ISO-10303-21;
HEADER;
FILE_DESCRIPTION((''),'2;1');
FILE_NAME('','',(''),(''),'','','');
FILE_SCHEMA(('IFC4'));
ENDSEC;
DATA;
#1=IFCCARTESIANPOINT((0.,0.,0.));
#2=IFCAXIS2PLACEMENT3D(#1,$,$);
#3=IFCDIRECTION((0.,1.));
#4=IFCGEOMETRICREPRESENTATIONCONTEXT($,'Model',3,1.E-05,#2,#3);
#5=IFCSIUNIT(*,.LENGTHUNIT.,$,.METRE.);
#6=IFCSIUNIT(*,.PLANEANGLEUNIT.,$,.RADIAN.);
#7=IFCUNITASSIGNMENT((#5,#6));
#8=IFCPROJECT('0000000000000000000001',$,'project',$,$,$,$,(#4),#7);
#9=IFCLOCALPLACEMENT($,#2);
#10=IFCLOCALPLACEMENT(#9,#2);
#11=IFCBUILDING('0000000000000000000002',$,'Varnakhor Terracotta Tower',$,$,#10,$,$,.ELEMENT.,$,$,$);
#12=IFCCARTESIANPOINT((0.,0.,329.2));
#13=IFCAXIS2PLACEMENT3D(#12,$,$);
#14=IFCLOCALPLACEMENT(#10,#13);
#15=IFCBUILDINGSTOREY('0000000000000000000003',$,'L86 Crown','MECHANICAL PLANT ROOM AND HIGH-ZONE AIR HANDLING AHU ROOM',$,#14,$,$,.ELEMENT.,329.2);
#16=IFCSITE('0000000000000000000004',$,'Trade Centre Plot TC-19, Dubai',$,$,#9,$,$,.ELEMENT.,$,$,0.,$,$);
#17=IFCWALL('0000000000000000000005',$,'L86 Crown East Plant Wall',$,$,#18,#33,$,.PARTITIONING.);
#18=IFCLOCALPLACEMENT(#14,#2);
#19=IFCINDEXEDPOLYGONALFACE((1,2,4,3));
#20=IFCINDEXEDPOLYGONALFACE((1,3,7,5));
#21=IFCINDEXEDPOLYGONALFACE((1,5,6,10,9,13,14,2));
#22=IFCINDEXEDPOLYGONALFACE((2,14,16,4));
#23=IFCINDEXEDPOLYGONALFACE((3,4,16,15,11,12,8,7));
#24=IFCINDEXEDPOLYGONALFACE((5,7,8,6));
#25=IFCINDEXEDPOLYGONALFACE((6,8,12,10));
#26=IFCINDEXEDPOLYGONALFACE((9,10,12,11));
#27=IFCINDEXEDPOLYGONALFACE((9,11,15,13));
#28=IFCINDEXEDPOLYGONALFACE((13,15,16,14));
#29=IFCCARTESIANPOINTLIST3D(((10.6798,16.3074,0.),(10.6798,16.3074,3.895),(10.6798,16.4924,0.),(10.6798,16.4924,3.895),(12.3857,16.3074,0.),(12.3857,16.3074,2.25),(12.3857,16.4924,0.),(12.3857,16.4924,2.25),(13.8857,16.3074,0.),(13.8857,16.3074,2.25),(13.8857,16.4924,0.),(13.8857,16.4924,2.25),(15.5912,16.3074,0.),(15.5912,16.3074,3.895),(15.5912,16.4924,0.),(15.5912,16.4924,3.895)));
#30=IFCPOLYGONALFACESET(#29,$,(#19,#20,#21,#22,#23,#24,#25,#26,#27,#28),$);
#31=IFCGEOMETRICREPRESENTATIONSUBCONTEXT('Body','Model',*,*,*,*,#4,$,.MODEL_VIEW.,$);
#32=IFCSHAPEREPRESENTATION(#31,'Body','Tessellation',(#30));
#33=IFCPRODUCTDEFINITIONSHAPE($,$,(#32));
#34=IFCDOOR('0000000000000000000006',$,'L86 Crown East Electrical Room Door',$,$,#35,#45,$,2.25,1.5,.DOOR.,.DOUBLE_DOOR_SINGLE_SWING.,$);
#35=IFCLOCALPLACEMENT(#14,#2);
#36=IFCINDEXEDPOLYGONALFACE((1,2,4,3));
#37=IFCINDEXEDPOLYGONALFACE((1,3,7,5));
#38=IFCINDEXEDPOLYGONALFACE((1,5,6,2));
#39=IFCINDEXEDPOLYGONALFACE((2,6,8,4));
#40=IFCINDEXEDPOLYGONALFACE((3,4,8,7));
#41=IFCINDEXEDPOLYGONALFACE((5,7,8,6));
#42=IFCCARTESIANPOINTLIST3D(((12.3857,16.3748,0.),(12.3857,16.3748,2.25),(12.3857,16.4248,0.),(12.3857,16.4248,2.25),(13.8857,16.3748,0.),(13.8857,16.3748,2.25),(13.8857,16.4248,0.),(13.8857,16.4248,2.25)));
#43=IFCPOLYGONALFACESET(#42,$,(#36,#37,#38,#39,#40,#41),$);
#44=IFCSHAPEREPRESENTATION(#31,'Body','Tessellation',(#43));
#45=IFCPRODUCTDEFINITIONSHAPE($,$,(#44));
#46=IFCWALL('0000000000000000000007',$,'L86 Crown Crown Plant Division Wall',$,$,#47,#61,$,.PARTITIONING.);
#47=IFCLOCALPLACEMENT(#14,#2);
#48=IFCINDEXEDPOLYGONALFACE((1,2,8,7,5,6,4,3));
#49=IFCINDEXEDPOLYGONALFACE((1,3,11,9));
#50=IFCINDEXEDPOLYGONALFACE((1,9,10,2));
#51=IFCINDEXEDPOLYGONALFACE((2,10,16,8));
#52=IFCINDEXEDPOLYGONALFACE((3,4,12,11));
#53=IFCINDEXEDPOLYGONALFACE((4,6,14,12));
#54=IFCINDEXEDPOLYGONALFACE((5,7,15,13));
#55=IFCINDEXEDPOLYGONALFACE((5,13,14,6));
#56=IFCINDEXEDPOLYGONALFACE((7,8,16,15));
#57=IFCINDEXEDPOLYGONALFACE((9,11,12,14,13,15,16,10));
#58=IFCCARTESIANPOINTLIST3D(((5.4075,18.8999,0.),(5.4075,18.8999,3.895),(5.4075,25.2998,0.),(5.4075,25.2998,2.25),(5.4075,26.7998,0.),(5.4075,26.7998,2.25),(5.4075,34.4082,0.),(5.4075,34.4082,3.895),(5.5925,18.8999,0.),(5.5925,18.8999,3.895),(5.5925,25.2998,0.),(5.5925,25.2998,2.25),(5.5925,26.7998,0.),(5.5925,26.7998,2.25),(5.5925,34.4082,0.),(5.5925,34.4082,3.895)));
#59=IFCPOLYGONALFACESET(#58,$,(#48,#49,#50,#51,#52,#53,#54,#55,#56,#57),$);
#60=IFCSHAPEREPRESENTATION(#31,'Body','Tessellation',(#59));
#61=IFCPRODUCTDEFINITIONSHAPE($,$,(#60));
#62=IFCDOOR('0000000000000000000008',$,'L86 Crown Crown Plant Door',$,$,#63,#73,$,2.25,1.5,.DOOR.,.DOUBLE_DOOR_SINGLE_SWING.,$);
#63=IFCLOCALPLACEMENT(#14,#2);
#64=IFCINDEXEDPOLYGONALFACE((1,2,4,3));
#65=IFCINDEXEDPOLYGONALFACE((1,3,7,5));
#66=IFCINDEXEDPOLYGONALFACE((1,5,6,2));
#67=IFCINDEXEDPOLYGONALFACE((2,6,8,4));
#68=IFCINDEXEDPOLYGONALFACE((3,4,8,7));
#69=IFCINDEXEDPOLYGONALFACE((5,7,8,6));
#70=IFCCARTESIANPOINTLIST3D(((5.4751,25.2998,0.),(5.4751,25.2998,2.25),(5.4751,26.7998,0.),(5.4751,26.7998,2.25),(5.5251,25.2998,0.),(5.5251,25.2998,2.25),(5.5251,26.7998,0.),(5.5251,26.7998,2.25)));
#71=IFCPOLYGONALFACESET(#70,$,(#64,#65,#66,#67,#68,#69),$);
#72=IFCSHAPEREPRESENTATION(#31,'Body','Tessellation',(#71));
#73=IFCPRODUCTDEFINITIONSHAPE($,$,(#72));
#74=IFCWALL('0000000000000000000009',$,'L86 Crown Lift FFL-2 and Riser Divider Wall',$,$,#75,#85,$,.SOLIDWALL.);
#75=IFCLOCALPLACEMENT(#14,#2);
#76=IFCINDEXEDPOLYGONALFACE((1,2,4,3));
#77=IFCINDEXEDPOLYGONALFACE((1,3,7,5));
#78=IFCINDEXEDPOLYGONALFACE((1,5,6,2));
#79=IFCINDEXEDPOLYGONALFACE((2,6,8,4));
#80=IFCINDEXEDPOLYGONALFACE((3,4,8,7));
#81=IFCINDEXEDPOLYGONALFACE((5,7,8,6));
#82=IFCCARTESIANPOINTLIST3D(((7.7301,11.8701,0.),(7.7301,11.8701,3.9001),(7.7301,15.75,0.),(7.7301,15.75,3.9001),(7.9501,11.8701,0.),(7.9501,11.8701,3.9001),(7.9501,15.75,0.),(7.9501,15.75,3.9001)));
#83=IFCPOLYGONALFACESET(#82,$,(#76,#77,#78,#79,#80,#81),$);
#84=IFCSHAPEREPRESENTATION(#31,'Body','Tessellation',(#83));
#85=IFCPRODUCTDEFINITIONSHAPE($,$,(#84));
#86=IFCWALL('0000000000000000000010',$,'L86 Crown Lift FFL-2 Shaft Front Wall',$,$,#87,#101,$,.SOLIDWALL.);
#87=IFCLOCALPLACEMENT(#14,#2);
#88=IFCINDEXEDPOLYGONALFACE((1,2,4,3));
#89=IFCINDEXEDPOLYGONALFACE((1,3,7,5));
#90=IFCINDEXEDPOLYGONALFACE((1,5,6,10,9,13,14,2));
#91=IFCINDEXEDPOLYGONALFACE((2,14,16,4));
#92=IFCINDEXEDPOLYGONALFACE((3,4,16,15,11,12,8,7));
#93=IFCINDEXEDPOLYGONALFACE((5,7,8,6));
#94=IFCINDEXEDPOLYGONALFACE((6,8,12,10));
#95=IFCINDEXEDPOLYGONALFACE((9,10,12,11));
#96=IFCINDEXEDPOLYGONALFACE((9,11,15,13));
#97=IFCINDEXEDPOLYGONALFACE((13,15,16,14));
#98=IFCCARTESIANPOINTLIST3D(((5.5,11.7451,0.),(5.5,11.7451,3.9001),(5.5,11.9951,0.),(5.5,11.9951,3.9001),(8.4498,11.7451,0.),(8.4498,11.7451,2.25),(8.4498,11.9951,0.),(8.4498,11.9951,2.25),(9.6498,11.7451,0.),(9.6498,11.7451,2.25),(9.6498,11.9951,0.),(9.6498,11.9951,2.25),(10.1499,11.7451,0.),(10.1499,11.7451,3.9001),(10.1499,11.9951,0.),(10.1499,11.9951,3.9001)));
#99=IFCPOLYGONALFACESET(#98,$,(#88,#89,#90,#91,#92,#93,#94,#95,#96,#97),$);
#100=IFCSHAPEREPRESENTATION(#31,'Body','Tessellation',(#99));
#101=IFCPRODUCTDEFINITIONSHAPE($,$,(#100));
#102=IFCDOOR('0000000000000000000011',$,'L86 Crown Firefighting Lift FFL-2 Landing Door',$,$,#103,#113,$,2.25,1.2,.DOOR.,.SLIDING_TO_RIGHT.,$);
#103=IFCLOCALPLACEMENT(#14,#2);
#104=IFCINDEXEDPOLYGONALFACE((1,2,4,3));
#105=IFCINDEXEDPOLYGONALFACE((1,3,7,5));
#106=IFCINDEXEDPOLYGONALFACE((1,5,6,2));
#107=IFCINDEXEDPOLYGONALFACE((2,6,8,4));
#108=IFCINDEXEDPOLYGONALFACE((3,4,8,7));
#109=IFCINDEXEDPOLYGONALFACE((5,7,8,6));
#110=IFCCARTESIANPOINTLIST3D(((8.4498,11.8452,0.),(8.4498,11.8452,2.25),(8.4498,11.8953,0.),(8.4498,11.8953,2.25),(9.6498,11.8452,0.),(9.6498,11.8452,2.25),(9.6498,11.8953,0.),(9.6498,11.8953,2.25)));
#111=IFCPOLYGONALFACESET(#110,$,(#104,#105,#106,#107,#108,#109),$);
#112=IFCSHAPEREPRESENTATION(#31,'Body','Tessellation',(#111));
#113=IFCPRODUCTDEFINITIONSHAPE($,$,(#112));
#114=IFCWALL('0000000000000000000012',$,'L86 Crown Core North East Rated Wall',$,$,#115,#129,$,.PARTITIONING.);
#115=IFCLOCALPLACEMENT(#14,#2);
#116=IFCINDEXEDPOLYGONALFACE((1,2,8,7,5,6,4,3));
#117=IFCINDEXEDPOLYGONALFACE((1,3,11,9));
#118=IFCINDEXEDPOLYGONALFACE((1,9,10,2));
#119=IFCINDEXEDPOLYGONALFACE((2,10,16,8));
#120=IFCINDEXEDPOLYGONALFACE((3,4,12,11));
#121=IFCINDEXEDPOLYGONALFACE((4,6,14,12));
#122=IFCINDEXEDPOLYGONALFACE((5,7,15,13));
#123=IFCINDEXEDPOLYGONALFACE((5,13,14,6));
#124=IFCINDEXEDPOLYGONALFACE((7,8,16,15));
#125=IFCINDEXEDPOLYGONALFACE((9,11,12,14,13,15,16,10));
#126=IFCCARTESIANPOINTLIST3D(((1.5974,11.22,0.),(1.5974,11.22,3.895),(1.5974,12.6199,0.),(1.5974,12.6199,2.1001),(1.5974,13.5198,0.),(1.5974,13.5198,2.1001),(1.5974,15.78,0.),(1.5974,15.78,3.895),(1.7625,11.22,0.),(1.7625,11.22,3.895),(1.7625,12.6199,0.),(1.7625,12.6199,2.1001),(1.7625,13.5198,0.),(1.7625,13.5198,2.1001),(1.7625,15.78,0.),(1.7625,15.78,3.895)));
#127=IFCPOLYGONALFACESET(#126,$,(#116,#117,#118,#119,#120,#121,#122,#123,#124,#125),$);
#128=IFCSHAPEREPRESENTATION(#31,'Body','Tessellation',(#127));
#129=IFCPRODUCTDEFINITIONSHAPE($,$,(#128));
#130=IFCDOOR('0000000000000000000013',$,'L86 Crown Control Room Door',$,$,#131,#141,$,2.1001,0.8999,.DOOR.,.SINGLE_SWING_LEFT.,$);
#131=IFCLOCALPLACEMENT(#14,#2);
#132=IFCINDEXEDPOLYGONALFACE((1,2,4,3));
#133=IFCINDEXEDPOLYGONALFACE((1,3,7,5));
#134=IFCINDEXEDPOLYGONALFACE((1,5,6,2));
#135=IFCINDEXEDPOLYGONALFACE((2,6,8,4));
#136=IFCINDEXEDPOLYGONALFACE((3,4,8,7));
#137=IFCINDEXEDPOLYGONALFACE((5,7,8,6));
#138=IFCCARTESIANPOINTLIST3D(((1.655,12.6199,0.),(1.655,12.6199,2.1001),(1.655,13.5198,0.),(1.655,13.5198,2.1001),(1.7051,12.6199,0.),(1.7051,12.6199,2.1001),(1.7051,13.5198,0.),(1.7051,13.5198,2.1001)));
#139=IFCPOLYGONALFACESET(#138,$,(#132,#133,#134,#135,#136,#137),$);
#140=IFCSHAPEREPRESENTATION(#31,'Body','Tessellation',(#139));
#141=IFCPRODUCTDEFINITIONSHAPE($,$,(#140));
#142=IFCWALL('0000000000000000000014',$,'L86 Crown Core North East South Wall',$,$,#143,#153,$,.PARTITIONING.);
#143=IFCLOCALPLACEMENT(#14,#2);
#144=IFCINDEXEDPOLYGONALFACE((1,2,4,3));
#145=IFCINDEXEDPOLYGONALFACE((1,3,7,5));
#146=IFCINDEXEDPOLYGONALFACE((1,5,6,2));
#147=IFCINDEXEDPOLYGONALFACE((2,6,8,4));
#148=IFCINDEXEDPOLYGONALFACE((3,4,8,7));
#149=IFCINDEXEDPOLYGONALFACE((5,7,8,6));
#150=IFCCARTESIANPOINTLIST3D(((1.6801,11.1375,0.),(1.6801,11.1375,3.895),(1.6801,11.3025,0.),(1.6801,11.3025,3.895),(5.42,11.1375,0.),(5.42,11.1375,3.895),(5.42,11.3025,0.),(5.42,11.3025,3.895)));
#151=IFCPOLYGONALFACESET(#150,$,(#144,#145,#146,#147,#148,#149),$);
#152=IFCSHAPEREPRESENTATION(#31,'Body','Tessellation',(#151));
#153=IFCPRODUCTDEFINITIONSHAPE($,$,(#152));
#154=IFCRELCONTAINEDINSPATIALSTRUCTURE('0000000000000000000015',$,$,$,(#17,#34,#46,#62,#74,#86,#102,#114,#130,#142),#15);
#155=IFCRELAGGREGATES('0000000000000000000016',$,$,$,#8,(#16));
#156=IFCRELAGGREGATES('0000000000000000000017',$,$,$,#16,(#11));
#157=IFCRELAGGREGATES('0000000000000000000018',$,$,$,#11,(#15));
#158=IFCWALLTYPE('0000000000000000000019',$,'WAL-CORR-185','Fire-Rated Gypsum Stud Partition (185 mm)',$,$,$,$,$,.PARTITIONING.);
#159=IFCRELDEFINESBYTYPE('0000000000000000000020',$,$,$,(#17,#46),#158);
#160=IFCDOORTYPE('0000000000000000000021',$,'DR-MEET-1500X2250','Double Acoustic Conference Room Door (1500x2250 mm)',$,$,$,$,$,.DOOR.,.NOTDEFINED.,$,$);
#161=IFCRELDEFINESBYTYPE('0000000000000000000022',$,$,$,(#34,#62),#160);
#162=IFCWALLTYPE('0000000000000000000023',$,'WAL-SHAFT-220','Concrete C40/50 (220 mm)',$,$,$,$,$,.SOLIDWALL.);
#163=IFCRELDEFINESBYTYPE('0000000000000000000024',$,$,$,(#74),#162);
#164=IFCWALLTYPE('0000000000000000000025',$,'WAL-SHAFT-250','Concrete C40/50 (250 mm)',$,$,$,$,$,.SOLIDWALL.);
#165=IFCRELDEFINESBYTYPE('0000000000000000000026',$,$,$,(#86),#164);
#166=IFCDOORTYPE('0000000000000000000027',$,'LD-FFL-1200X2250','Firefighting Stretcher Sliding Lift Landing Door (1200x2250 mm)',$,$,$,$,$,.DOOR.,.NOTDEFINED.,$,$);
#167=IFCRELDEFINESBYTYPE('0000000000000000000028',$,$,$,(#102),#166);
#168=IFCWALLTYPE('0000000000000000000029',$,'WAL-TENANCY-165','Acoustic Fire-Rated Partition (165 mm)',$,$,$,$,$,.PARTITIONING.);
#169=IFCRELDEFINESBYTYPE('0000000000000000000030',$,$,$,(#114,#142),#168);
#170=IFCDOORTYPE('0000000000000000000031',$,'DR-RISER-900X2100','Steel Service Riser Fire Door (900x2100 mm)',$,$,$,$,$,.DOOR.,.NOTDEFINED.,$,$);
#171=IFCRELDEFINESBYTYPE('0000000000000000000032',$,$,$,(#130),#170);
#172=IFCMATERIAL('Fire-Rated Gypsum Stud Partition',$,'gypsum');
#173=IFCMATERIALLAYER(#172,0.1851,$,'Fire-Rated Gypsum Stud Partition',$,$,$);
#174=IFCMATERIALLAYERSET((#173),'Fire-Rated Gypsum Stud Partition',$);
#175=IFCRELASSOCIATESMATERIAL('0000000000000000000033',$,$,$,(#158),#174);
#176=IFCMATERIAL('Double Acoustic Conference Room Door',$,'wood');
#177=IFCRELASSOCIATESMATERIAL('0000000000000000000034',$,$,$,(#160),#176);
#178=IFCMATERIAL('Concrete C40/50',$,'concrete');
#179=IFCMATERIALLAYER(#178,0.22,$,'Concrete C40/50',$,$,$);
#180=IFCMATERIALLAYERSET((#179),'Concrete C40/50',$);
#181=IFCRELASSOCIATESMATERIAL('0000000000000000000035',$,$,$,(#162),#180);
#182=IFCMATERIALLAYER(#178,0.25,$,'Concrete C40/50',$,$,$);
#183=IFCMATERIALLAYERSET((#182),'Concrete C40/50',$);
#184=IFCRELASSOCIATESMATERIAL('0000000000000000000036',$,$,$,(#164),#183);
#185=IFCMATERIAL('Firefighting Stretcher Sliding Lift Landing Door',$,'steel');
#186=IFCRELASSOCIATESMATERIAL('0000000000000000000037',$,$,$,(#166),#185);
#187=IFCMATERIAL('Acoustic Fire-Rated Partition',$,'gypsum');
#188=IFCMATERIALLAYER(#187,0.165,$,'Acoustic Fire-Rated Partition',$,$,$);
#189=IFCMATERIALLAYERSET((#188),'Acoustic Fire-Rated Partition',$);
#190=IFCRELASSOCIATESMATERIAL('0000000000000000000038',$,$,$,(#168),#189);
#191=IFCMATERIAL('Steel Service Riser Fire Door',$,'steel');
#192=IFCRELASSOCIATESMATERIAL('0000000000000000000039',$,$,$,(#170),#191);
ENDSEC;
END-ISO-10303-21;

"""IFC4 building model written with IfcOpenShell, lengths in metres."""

from ifc_helpers import new_model, si_unit, direction, frame, frame_2d, origin, place, context, subcontext, project, spatial, rectangle, extrude, source, transform, mapped, material, layer, layer_set, type_object, type_shapes, element, fill, save


model = new_model("IFC4")

# Units and contexts
model_context = context("Model", 3, precision=1e-05, world=origin(), true_north=direction((0.0, 1.0)))
body_context = subcontext(model_context, "Body", "Model", "MODEL_VIEW")
ifc_project = project(units=[si_unit("LENGTHUNIT", "METRE"), si_unit("PLANEANGLEUNIT", "RADIAN")], contexts=[model_context])

# Site, building, storey
site_placement = place(None, origin())
site = spatial("IfcSite", under=ifc_project, at=site_placement, Name="Trade Centre Plot TC-19, Dubai", CompositionType="ELEMENT", RefElevation=0.0)
building_placement = place(site_placement, origin())
building = spatial("IfcBuilding", under=site, at=building_placement, Name="Varnakhor Terracotta Tower", CompositionType="ELEMENT")
storey_placement = place(building_placement, frame((0.0, 0.0, 329.2)))
storey = spatial("IfcBuildingStorey", under=building, at=storey_placement, Name="L86 Crown", Description="MECHANICAL PLANT ROOM AND HIGH-ZONE AIR HANDLING AHU ROOM", CompositionType="ELEMENT", Elevation=329.2)

# Walls, openings, doors
ifc_material_1 = material(Name="Fire-Rated Gypsum Stud Partition", Category="gypsum")
ifc_layer_1 = layer(ifc_material_1, 0.1851, Name="Fire-Rated Gypsum Stud Partition")
ifc_layer_set_1 = layer_set([ifc_layer_1], Name="Fire-Rated Gypsum Stud Partition")
wall_type_1 = type_object("IfcWallType", Name="WAL-CORR-185", Description="Fire-Rated Gypsum Stud Partition (185 mm)", PredefinedType="PARTITIONING", material=ifc_layer_set_1)
wall_1_placement = place(storey_placement, frame((10.6799, 16.3999, 0.0), z_axis=(0.0, 0.0, 1.0), x_axis=(1.0, 0.0, 0.0)))
wall_1 = element("IfcWall", 1, at=wall_1_placement, inside=storey, type_object=wall_type_1, Name="L86 Crown East Plant Wall", PredefinedType="PARTITIONING", context=body_context, shape_type="SweptSolid", body=[
    extrude(rectangle(XDim=4.9114, YDim=0.1851, at=frame_2d((2.4556, 0.0))), origin(), (0.0, 0.0, 1.0), 3.895),
])
opening_1_placement = place(wall_1_placement, frame((1.7058, 0.0, 0.0)))
opening_1 = element("IfcOpeningElement", 2, at=opening_1_placement, cuts=wall_1, PredefinedType="OPENING", context=body_context, shape_type="SweptSolid", body=[
    extrude(rectangle(XDim=1.5, YDim=2.25, at=frame_2d((0.75, 1.125))), frame((0.0, 0.1025, 0.0), z_axis=(0.0, -1.0, 0.0), x_axis=(1.0, 0.0, 0.0)), (0.0, 0.0, 1.0), 0.2051),
])
ifc_material_2 = material(Name="Double Acoustic Conference Room Door", Category="wood")
door_type_1 = type_object("IfcDoorType", Name="DR-MEET-1500X2250", Description="Double Acoustic Conference Room Door (1500x2250 mm)", OperationType="NOTDEFINED", PredefinedType="DOOR", material=ifc_material_2)
shared_shape_1 = source(origin(), body_context, "Body", "SweptSolid", [
    extrude(rectangle(XDim=1.5, YDim=2.25, at=frame_2d((0.75, 1.125))), frame((0.0, 0.0249, 0.0), z_axis=(0.0, -1.0, 0.0), x_axis=(1.0, 0.0, 0.0)), (0.0, 0.0, 1.0), 0.05),
])
type_shapes(door_type_1, [shared_shape_1])
door_1_placement = place(opening_1_placement, origin())
door_1 = element("IfcDoor", 3, at=door_1_placement, inside=storey, type_object=door_type_1, Name="L86 Crown East Electrical Room Door", OperationType="DOUBLE_DOOR_SINGLE_SWING", OverallHeight=2.25, OverallWidth=1.5, PredefinedType="DOOR", context=body_context, shape_type="MappedRepresentation", body=[
    mapped(shared_shape_1, transform((0.0, 0.0, 0.0), scale=1.0)),
])
fill(opening_1, door_1)
wall_2_placement = place(storey_placement, frame((5.5, 18.8999, 0.0), z_axis=(0.0, 0.0, 1.0), x_axis=(0.0, 1.0, 0.0)))
wall_2 = element("IfcWall", 4, at=wall_2_placement, inside=storey, type_object=wall_type_1, Name="L86 Crown Crown Plant Division Wall", PredefinedType="PARTITIONING", context=body_context, shape_type="SweptSolid", body=[
    extrude(rectangle(XDim=15.5083, YDim=0.1851, at=frame_2d((7.7542, 0.0))), origin(), (0.0, 0.0, 1.0), 3.895),
])
opening_2_placement = place(wall_2_placement, frame((6.3999, 0.0, 0.0)))
opening_2 = element("IfcOpeningElement", 5, at=opening_2_placement, cuts=wall_2, PredefinedType="OPENING", context=body_context, shape_type="SweptSolid", body=[
    extrude(rectangle(XDim=1.5, YDim=2.25, at=frame_2d((0.75, 1.125))), frame((0.0, 0.1025, 0.0), z_axis=(0.0, -1.0, 0.0), x_axis=(1.0, 0.0, 0.0)), (0.0, 0.0, 1.0), 0.2051),
])
door_2_placement = place(opening_2_placement, origin())
door_2 = element("IfcDoor", 6, at=door_2_placement, inside=storey, type_object=door_type_1, Name="L86 Crown Crown Plant Door", OperationType="DOUBLE_DOOR_SINGLE_SWING", OverallHeight=2.25, OverallWidth=1.5, PredefinedType="DOOR", context=body_context, shape_type="MappedRepresentation", body=[
    mapped(shared_shape_1, transform((0.0, 0.0, 0.0), scale=1.0)),
])
fill(opening_2, door_2)

# Wall
ifc_material_3 = material(Name="Concrete C40/50", Category="concrete")
ifc_layer_2 = layer(ifc_material_3, 0.22, Name="Concrete C40/50")
ifc_layer_set_2 = layer_set([ifc_layer_2], Name="Concrete C40/50")
wall_type_2 = type_object("IfcWallType", Name="WAL-SHAFT-220", Description="Concrete C40/50 (220 mm)", PredefinedType="SOLIDWALL", material=ifc_layer_set_2)
wall_3_placement = place(storey_placement, frame((7.8401, 11.8701, 0.0), z_axis=(0.0, 0.0, 1.0), x_axis=(0.0, 1.0, 0.0)))
element("IfcWall", 7, at=wall_3_placement, inside=storey, type_object=wall_type_2, Name="L86 Crown Lift FFL-2 and Riser Divider Wall", PredefinedType="SOLIDWALL", context=body_context, shape_type="SweptSolid", body=[
    extrude(rectangle(XDim=3.8799, YDim=0.22, at=frame_2d((1.9399, 0.0))), origin(), (0.0, 0.0, 1.0), 3.9001),
])

# Walls, openings, doors
ifc_layer_3 = layer(ifc_material_3, 0.25, Name="Concrete C40/50")
ifc_layer_set_3 = layer_set([ifc_layer_3], Name="Concrete C40/50")
wall_type_3 = type_object("IfcWallType", Name="WAL-SHAFT-250", Description="Concrete C40/50 (250 mm)", PredefinedType="SOLIDWALL", material=ifc_layer_set_3)
wall_4_placement = place(storey_placement, frame((10.1499, 11.8701, 0.0), z_axis=(0.0, 0.0, 1.0), x_axis=(-1.0, 0.0, 0.0)))
wall_4 = element("IfcWall", 8, at=wall_4_placement, inside=storey, type_object=wall_type_3, Name="L86 Crown Lift FFL-2 Shaft Front Wall", PredefinedType="SOLIDWALL", context=body_context, shape_type="SweptSolid", body=[
    extrude(rectangle(XDim=4.6499, YDim=0.25, at=frame_2d((2.325, 0.0))), origin(), (0.0, 0.0, 1.0), 3.9001),
])
opening_3_placement = place(wall_4_placement, frame((0.5, 0.0, 0.0)))
opening_3 = element("IfcOpeningElement", 9, at=opening_3_placement, cuts=wall_4, PredefinedType="OPENING", context=body_context, shape_type="SweptSolid", body=[
    extrude(rectangle(XDim=1.2, YDim=2.25, at=frame_2d((0.6001, 1.125))), frame((0.0, 0.135, 0.0), z_axis=(0.0, -1.0, 0.0), x_axis=(1.0, 0.0, 0.0)), (0.0, 0.0, 1.0), 0.27),
])
ifc_material_4 = material(Name="Firefighting Stretcher Sliding Lift Landing Door", Category="steel")
door_type_2 = type_object("IfcDoorType", Name="LD-FFL-1200X2250", Description="Firefighting Stretcher Sliding Lift Landing Door (1200x2250 mm)", OperationType="NOTDEFINED", PredefinedType="DOOR", material=ifc_material_4)
shared_shape_2 = source(origin(), body_context, "Body", "SweptSolid", [
    extrude(rectangle(XDim=1.2, YDim=2.25, at=frame_2d((0.6001, 1.125))), frame((0.0, 0.0249, 0.0), z_axis=(0.0, -1.0, 0.0), x_axis=(1.0, 0.0, 0.0)), (0.0, 0.0, 1.0), 0.05),
])
type_shapes(door_type_2, [shared_shape_2])
door_3_placement = place(opening_3_placement, origin())
door_3 = element("IfcDoor", 10, at=door_3_placement, inside=storey, type_object=door_type_2, Name="L86 Crown Firefighting Lift FFL-2 Landing Door", OperationType="SLIDING_TO_RIGHT", OverallHeight=2.25, OverallWidth=1.2, PredefinedType="DOOR", context=body_context, shape_type="MappedRepresentation", body=[
    mapped(shared_shape_2, transform((0.0, 0.0, 0.0), scale=1.0)),
])
fill(opening_3, door_3)
ifc_material_5 = material(Name="Acoustic Fire-Rated Partition", Category="gypsum")
ifc_layer_4 = layer(ifc_material_5, 0.165, Name="Acoustic Fire-Rated Partition")
ifc_layer_set_4 = layer_set([ifc_layer_4], Name="Acoustic Fire-Rated Partition")
wall_type_4 = type_object("IfcWallType", Name="WAL-TENANCY-165", Description="Acoustic Fire-Rated Partition (165 mm)", PredefinedType="PARTITIONING", material=ifc_layer_set_4)
wall_5_placement = place(storey_placement, frame((1.6799, 11.22, 0.0), z_axis=(0.0, 0.0, 1.0), x_axis=(0.0, 1.0, 0.0)))
wall_5 = element("IfcWall", 11, at=wall_5_placement, inside=storey, type_object=wall_type_4, Name="L86 Crown Core North East Rated Wall", PredefinedType="PARTITIONING", context=body_context, shape_type="SweptSolid", body=[
    extrude(rectangle(XDim=4.5601, YDim=0.165, at=frame_2d((2.28, 0.0))), origin(), (0.0, 0.0, 1.0), 3.895),
])
opening_4_placement = place(wall_5_placement, frame((1.3999, 0.0, 0.0)))
opening_4 = element("IfcOpeningElement", 12, at=opening_4_placement, cuts=wall_5, PredefinedType="OPENING", context=body_context, shape_type="SweptSolid", body=[
    extrude(rectangle(XDim=0.8999, YDim=2.1001, at=frame_2d((0.45, 1.05))), frame((0.0, 0.0925, 0.0), z_axis=(0.0, -1.0, 0.0), x_axis=(1.0, 0.0, 0.0)), (0.0, 0.0, 1.0), 0.1851),
])
ifc_material_6 = material(Name="Steel Service Riser Fire Door", Category="steel")
door_type_3 = type_object("IfcDoorType", Name="DR-RISER-900X2100", Description="Steel Service Riser Fire Door (900x2100 mm)", OperationType="NOTDEFINED", PredefinedType="DOOR", material=ifc_material_6)
shared_shape_3 = source(origin(), body_context, "Body", "SweptSolid", [
    extrude(rectangle(XDim=0.8999, YDim=2.1001, at=frame_2d((0.45, 1.05))), frame((0.0, 0.0249, 0.0), z_axis=(0.0, -1.0, 0.0), x_axis=(1.0, 0.0, 0.0)), (0.0, 0.0, 1.0), 0.05),
])
type_shapes(door_type_3, [shared_shape_3])
door_4_placement = place(opening_4_placement, origin())
door_4 = element("IfcDoor", 13, at=door_4_placement, inside=storey, type_object=door_type_3, Name="L86 Crown Control Room Door", OperationType="SINGLE_SWING_LEFT", OverallHeight=2.1001, OverallWidth=0.8999, PredefinedType="DOOR", context=body_context, shape_type="MappedRepresentation", body=[
    mapped(shared_shape_3, transform((0.0, 0.0, 0.0), scale=1.0)),
])
fill(opening_4, door_4)

# Wall
wall_6_placement = place(storey_placement, frame((1.6799, 11.22, 0.0), z_axis=(0.0, 0.0, 1.0), x_axis=(1.0, 0.0, 0.0)))
element("IfcWall", 14, at=wall_6_placement, inside=storey, type_object=wall_type_4, Name="L86 Crown Core North East South Wall", PredefinedType="PARTITIONING", context=body_context, shape_type="SweptSolid", body=[
    extrude(rectangle(XDim=3.74, YDim=0.165, at=frame_2d((1.8701, 0.0))), origin(), (0.0, 0.0, 1.0), 3.895),
])

save(model, "model.ifc")
